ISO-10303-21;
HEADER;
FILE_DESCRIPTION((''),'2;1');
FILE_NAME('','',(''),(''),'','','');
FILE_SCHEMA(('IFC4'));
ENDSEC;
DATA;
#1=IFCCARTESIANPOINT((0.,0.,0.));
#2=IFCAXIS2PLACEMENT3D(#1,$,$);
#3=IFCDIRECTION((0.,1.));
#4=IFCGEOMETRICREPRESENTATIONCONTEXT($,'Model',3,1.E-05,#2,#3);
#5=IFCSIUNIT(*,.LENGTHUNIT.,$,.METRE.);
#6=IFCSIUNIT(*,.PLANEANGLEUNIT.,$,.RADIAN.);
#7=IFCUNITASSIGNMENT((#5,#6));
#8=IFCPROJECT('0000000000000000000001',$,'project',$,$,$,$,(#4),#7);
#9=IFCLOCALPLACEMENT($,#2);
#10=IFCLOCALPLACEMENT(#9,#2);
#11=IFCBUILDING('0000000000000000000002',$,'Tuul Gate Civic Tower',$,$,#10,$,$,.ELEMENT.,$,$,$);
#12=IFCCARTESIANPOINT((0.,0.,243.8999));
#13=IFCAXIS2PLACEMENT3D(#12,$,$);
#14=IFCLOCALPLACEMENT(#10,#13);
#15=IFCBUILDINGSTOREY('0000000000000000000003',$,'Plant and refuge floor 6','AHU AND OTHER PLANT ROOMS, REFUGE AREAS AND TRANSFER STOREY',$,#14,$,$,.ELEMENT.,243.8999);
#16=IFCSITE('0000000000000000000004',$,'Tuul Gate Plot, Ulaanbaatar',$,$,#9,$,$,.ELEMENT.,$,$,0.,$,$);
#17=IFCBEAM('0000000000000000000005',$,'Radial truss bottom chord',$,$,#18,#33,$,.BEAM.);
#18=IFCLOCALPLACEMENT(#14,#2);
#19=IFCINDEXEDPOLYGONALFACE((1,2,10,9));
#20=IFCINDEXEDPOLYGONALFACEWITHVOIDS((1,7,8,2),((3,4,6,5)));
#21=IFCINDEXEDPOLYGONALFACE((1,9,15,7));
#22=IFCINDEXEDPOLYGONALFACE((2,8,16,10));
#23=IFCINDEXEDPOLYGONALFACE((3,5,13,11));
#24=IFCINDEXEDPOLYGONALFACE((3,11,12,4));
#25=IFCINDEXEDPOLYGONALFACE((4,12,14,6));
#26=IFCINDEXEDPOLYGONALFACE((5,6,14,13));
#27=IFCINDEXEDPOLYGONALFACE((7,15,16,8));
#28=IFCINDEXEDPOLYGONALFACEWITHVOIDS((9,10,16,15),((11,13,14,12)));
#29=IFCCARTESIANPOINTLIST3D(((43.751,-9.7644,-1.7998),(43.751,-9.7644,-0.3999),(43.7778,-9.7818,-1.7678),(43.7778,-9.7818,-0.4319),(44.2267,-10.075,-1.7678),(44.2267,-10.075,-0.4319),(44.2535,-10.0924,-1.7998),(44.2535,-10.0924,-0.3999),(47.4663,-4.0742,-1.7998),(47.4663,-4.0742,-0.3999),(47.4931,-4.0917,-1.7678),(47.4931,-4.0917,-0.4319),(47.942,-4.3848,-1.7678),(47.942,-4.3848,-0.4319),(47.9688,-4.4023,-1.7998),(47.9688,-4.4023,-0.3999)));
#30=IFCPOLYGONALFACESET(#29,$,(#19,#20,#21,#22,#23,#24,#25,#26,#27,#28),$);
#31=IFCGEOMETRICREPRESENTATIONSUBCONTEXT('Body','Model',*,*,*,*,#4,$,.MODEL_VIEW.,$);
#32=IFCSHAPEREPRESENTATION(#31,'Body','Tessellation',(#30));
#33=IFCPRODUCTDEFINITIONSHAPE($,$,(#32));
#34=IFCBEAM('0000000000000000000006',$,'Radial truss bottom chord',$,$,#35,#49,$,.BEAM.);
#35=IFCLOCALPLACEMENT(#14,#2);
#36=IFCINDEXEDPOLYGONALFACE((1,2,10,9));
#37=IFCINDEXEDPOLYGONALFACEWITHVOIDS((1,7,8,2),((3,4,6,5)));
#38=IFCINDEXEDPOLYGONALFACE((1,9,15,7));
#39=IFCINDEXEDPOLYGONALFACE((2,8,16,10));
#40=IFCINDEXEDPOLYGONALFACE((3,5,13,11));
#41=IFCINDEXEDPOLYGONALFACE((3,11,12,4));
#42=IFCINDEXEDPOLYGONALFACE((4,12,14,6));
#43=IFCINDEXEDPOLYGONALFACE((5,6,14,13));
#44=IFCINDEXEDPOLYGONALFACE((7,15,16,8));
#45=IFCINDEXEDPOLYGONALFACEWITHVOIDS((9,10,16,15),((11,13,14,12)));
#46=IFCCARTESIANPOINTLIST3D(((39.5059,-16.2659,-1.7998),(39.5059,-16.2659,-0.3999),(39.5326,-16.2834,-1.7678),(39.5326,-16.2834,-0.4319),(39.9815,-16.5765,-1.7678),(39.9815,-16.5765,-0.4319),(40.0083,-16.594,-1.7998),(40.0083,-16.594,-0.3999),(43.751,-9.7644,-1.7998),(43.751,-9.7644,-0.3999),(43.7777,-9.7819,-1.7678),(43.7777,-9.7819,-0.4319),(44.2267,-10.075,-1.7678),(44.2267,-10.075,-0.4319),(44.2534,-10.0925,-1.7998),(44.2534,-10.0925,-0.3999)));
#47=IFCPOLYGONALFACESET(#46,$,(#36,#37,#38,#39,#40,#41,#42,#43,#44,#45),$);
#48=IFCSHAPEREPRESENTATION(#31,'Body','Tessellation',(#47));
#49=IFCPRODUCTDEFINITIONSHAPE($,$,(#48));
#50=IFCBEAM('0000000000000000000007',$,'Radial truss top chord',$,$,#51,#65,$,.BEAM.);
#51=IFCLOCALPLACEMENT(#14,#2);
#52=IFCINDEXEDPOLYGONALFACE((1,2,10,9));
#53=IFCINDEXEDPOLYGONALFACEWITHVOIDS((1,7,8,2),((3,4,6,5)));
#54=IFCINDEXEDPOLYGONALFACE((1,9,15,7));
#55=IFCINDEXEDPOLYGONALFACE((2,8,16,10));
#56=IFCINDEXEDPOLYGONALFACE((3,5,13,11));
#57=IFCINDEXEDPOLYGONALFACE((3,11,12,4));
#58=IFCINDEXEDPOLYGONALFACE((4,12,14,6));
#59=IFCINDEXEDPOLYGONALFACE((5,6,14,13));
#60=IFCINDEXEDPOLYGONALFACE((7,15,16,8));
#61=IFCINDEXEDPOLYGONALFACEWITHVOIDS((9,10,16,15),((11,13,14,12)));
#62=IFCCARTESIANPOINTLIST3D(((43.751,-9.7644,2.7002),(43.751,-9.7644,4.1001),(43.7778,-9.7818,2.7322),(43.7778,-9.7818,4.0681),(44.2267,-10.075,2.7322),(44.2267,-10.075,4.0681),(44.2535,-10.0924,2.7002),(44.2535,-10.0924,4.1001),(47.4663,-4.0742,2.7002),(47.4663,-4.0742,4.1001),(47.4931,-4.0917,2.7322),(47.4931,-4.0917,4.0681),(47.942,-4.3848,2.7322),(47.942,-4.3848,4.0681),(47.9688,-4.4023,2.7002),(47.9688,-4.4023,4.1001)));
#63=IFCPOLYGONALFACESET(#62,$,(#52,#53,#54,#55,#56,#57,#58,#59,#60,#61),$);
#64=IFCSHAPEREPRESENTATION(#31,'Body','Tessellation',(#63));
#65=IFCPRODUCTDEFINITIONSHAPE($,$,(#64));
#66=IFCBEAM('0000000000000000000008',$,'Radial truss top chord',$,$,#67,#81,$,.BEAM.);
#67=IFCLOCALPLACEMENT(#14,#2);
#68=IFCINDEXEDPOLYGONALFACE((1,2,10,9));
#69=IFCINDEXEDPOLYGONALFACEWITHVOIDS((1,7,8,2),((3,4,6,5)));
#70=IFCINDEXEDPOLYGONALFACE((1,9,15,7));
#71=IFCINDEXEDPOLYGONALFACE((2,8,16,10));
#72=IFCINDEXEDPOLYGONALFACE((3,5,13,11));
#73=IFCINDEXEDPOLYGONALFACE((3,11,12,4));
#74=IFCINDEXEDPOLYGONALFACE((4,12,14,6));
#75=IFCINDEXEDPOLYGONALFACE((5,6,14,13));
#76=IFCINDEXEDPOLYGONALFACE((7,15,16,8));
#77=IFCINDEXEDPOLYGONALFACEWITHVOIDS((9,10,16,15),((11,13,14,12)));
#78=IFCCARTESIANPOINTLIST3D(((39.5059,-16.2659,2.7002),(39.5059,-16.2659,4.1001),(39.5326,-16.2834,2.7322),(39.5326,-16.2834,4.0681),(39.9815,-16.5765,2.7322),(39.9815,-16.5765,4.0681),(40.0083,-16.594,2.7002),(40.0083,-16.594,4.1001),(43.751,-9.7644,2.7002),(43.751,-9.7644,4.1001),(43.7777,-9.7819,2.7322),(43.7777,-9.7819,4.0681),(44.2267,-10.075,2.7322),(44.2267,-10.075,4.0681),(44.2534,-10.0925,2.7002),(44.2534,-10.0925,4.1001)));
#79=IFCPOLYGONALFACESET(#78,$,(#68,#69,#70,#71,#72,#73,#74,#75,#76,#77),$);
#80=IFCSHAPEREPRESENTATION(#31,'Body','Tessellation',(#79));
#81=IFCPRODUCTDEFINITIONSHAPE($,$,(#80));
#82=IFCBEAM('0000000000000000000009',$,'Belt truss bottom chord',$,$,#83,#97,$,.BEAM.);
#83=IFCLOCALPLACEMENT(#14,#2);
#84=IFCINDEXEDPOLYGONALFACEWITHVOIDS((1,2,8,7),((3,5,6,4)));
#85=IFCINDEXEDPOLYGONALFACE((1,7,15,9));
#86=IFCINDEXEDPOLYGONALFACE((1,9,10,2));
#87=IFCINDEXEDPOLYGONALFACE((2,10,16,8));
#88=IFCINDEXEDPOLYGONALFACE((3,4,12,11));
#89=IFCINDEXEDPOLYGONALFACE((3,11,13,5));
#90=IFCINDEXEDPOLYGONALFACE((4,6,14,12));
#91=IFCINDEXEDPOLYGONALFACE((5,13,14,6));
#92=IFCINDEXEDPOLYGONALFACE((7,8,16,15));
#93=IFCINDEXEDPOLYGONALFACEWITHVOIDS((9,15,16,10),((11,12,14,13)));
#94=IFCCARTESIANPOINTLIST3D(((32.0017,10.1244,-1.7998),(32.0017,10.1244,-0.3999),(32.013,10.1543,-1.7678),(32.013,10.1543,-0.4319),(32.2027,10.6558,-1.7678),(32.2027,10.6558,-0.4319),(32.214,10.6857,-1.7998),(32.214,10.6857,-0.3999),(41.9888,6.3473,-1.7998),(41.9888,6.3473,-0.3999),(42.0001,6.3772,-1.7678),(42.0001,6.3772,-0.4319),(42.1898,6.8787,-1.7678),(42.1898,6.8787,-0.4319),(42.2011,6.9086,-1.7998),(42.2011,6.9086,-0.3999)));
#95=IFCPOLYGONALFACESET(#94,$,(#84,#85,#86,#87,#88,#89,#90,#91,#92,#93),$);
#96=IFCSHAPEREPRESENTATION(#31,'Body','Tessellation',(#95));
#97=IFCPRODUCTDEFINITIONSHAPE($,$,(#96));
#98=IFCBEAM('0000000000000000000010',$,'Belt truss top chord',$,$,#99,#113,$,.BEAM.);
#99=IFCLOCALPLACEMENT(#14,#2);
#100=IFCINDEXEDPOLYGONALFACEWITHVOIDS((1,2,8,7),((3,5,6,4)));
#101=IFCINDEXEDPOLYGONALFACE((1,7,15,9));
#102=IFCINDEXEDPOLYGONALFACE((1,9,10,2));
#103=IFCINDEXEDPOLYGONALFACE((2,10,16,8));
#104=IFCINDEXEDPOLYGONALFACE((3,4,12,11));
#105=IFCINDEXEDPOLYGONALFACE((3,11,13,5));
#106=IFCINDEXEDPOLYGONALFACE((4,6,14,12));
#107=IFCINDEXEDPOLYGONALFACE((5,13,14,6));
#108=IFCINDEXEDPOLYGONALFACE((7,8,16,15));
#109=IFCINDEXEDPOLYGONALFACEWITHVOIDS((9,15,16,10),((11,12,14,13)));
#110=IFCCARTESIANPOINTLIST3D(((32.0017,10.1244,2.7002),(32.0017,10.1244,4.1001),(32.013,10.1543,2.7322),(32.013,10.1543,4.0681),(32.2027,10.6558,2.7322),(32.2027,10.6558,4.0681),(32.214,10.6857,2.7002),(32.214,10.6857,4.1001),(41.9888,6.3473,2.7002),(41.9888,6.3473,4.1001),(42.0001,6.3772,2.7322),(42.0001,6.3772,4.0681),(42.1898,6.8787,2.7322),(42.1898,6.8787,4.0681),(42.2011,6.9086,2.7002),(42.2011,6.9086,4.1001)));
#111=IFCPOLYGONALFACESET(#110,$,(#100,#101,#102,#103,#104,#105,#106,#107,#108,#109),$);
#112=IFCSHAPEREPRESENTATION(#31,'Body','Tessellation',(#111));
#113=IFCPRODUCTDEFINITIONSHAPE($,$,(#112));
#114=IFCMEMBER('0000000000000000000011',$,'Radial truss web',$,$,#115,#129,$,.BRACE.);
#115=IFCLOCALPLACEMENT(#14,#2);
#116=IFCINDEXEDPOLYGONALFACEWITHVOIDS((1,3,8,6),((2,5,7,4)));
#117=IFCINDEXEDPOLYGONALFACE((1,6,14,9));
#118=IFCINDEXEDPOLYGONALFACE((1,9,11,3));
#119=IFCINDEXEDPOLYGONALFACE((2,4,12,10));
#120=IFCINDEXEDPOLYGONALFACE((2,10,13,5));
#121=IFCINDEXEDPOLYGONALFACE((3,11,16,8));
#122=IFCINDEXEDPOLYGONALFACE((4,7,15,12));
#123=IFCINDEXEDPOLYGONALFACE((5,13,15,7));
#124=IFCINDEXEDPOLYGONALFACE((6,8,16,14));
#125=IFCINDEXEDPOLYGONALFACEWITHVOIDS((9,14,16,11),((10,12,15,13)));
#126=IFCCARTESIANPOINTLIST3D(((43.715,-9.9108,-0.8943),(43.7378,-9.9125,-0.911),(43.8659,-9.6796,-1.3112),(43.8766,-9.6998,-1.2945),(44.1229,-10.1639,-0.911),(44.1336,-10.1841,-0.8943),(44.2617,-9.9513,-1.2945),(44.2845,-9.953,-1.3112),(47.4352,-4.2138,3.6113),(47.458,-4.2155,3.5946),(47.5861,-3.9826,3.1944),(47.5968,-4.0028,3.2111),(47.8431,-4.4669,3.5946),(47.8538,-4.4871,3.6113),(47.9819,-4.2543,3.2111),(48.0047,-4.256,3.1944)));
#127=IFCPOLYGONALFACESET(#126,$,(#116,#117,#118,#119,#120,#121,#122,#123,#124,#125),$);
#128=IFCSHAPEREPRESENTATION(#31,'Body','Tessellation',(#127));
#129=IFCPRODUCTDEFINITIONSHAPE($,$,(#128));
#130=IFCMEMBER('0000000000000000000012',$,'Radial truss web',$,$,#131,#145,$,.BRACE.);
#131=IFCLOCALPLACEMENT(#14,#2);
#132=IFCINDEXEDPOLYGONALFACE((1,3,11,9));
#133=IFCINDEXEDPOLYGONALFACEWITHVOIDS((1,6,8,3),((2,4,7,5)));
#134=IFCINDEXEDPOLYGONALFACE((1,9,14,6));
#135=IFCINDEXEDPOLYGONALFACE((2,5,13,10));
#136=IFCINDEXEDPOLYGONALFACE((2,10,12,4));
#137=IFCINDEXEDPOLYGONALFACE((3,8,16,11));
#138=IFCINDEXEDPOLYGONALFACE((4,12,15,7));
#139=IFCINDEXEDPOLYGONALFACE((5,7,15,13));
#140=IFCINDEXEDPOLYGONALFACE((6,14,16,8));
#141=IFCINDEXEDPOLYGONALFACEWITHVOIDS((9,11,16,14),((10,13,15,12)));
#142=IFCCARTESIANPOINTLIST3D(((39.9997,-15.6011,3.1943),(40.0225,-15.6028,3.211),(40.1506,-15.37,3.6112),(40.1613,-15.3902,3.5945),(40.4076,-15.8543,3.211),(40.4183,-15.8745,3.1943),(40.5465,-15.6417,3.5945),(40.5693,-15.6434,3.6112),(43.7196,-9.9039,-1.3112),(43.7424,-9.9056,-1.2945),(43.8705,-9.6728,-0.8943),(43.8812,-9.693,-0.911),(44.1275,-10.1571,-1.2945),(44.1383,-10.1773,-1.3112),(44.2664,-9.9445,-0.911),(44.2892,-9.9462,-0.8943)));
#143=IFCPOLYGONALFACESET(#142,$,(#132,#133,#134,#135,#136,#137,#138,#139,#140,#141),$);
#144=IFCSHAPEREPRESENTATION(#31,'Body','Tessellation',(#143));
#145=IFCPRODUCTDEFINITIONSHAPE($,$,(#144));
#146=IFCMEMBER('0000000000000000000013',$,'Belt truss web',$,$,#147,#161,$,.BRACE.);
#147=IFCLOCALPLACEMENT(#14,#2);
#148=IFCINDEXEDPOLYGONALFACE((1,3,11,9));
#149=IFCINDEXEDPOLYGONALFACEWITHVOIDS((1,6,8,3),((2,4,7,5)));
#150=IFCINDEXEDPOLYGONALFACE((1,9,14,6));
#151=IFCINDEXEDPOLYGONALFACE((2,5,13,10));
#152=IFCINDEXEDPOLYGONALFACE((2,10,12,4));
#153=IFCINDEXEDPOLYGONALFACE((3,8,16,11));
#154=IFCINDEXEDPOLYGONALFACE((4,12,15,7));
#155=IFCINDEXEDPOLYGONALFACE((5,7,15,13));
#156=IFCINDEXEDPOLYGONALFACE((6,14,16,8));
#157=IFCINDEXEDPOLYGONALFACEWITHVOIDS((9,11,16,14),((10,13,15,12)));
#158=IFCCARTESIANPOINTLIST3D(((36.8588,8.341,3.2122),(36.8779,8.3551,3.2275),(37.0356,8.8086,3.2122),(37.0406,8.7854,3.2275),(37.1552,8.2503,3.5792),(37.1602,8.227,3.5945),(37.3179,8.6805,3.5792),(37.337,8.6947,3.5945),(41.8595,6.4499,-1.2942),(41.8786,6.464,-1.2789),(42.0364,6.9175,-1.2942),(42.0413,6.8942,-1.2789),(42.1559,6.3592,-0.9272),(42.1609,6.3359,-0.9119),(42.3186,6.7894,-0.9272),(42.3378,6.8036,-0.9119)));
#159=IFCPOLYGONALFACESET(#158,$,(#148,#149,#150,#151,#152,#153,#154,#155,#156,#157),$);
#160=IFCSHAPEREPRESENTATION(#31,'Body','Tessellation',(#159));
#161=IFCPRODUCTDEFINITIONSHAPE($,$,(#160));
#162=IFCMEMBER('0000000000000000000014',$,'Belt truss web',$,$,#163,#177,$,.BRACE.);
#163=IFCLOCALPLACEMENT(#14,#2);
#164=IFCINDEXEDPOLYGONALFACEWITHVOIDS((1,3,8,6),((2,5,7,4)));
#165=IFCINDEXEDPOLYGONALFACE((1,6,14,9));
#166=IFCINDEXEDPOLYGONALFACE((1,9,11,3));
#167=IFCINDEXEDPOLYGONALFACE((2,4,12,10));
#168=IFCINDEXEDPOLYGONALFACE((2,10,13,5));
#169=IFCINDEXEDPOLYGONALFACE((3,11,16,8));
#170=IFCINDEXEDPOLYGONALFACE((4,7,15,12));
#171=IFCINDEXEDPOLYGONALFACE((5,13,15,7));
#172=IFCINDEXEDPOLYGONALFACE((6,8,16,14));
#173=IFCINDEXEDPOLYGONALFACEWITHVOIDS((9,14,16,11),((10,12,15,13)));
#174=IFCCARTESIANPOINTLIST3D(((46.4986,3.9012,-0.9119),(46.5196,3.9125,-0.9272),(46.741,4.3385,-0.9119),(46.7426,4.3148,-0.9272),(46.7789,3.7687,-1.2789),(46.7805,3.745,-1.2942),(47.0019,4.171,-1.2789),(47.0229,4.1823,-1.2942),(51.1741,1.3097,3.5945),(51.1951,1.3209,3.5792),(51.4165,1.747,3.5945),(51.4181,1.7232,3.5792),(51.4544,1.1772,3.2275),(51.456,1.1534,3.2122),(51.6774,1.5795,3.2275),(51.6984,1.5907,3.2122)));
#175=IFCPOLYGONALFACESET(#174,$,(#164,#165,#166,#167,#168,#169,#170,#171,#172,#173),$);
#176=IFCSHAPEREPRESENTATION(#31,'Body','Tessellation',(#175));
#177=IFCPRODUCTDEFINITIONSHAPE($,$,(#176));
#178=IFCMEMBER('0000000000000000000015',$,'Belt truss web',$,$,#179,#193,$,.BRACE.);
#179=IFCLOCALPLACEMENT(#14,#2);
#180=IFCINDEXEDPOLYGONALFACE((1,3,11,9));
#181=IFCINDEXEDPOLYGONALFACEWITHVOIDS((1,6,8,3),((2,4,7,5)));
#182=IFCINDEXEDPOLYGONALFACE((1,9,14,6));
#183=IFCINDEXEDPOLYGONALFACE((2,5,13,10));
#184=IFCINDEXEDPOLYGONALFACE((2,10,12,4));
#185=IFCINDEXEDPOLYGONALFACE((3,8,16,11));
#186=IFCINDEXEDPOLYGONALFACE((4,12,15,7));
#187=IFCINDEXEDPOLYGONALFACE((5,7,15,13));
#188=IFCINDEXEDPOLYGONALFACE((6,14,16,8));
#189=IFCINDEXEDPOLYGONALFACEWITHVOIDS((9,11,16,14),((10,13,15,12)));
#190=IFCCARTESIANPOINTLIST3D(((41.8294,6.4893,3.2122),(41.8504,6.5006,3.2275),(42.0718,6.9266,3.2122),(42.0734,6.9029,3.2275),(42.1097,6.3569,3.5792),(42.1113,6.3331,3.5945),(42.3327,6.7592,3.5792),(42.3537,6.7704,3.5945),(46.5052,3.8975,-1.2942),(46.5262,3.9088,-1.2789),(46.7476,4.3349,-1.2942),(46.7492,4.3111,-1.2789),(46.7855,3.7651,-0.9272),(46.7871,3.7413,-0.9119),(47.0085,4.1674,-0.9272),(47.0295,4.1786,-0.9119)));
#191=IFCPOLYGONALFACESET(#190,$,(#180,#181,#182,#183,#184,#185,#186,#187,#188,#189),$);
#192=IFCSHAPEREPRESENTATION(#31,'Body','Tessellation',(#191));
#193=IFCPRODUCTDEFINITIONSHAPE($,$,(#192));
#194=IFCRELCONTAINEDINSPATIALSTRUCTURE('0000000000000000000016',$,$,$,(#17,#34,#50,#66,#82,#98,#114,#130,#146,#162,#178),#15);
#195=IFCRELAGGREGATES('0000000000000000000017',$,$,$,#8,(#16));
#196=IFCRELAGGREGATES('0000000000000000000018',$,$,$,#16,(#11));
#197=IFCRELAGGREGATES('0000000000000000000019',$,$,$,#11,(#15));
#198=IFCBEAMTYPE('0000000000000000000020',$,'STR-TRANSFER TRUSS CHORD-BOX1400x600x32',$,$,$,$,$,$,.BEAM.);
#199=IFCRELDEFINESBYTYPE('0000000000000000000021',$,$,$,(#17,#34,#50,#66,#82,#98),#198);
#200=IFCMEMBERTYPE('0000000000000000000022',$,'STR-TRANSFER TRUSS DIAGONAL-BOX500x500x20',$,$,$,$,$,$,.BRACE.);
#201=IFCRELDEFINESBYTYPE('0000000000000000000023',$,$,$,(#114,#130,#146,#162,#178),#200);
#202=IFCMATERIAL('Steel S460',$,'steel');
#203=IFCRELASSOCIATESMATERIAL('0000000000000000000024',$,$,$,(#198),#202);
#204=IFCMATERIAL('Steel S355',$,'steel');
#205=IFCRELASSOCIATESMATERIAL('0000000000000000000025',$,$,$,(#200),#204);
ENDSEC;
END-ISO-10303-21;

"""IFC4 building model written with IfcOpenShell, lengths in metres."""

from ifc_helpers import new_model, si_unit, direction, frame, origin, origin_2d, place, context, subcontext, project, spatial, hollow_rectangle, extrude, material, material_profile, profile_set, type_object, element, save


model = new_model("IFC4")

# Units and contexts
model_context = context("Model", 3, precision=1e-05, world=origin(), true_north=direction((0.0, 1.0)))
body_context = subcontext(model_context, "Body", "Model", "MODEL_VIEW")
ifc_project = project(units=[si_unit("LENGTHUNIT", "METRE"), si_unit("PLANEANGLEUNIT", "RADIAN")], contexts=[model_context])

# Site, building, storey
site_placement = place(None, origin())
site = spatial("IfcSite", under=ifc_project, at=site_placement, Name="Tuul Gate Plot, Ulaanbaatar", CompositionType="ELEMENT", RefElevation=0.0)
building_placement = place(site_placement, origin())
building = spatial("IfcBuilding", under=site, at=building_placement, Name="Tuul Gate Civic Tower", CompositionType="ELEMENT")
storey_placement = place(building_placement, frame((0.0, 0.0, 243.8999)))
storey = spatial("IfcBuildingStorey", under=building, at=storey_placement, Name="Plant and refuge floor 6", Description="AHU AND OTHER PLANT ROOMS, REFUGE AREAS AND TRANSFER STOREY", CompositionType="ELEMENT", Elevation=243.8999)

# Beams
ifc_material_1 = material(Name="Steel S460", Category="steel")
ifc_material_profile_1 = material_profile(ifc_material_1, hollow_rectangle(XDim=0.6001, YDim=1.3999, WallThickness=0.032, at=origin_2d()), Name="BOX1400x600x32")
ifc_profile_set_1 = profile_set([ifc_material_profile_1], Name="Steel S460")
beam_type = type_object("IfcBeamType", Name="STR-TRANSFER TRUSS CHORD-BOX1400x600x32", PredefinedType="BEAM", material=ifc_profile_set_1)
beam_1_placement = place(storey_placement, frame((47.7175, -4.2383, -1.0999), z_axis=(-0.546716, -0.837318, 0.0), x_axis=(0.837318, -0.546716, 0.0)))
element("IfcBeam", 1, at=beam_1_placement, inside=storey, type_object=beam_type, Name="Radial truss bottom chord", PredefinedType="BEAM", context=body_context, shape_type="SweptSolid", body=[
    extrude(hollow_rectangle(XDim=0.6001, YDim=1.3999, WallThickness=0.032, at=origin_2d()), origin(), (0.0, 0.0, 1.0), 6.7957),
])
beam_2_placement = place(storey_placement, frame((44.0022, -9.9285, -1.0999), z_axis=(-0.546722, -0.837314, 0.0), x_axis=(0.837314, -0.546722, 0.0)))
element("IfcBeam", 2, at=beam_2_placement, inside=storey, type_object=beam_type, Name="Radial truss bottom chord", PredefinedType="BEAM", context=body_context, shape_type="SweptSolid", body=[
    extrude(hollow_rectangle(XDim=0.6001, YDim=1.3999, WallThickness=0.032, at=origin_2d()), origin(), (0.0, 0.0, 1.0), 7.7646),
])
beam_3_placement = place(storey_placement, frame((47.7175, -4.2383, 3.4001), z_axis=(-0.546716, -0.837318, 0.0), x_axis=(0.837318, -0.546716, 0.0)))
element("IfcBeam", 3, at=beam_3_placement, inside=storey, type_object=beam_type, Name="Radial truss top chord", PredefinedType="BEAM", context=body_context, shape_type="SweptSolid", body=[
    extrude(hollow_rectangle(XDim=0.6001, YDim=1.3999, WallThickness=0.032, at=origin_2d()), origin(), (0.0, 0.0, 1.0), 6.7957),
])
beam_4_placement = place(storey_placement, frame((44.0022, -9.9285, 3.4001), z_axis=(-0.546722, -0.837314, 0.0), x_axis=(0.837314, -0.546722, 0.0)))
element("IfcBeam", 4, at=beam_4_placement, inside=storey, type_object=beam_type, Name="Radial truss top chord", PredefinedType="BEAM", context=body_context, shape_type="SweptSolid", body=[
    extrude(hollow_rectangle(XDim=0.6001, YDim=1.3999, WallThickness=0.032, at=origin_2d()), origin(), (0.0, 0.0, 1.0), 7.7646),
])
for number, where, z_axis, x_axis, name in (
    (5, (42.095, 6.6279, -1.0999), (-0.935342, 0.353746, 0.0), (-0.353746, -0.935342, 0.0), "Belt truss bottom chord"),
    (6, (42.095, 6.6279, 3.4001), (-0.935342, 0.353746, 0.0), (-0.353746, -0.935342, 0.0), "Belt truss top chord"),
):
    element("IfcBeam", number, at=place(storey_placement, frame(where, z_axis=z_axis, x_axis=x_axis)), inside=storey, type_object=beam_type, Name=name, PredefinedType="BEAM", context=body_context, shape_type="SweptSolid", body=[
        extrude(hollow_rectangle(XDim=0.6001, YDim=1.3999, WallThickness=0.032, at=origin_2d()), origin(), (0.0, 0.0, 1.0), 10.6775),
    ])

# Members
ifc_material_2 = material(Name="Steel S355", Category="steel")
ifc_material_profile_2 = material_profile(ifc_material_2, hollow_rectangle(XDim=0.5, YDim=0.5, WallThickness=0.02, at=origin_2d()), Name="BOX500x500x20")
ifc_profile_set_2 = profile_set([ifc_material_profile_2], Name="Steel S355")
member_type_1 = type_object("IfcMemberType", Name="STR-TRANSFER TRUSS DIAGONAL-BOX500x500x20", PredefinedType="BRACE", material=ifc_profile_set_2)
for number, where, z_axis, x_axis, name in (
    (7, (43.9998, -9.9319, -1.1028), (0.455871, 0.698107, 0.552113), (-0.83729, 0.546759, 0.0), "Radial truss web"),
    (8, (44.0044, -9.925, -1.1028), (-0.455838, -0.698131, 0.552109), (0.837317, -0.546718, 0.0), "Radial truss web"),
):
    element("IfcMember", number, at=place(storey_placement, frame(where, z_axis=z_axis, x_axis=x_axis)), inside=storey, type_object=member_type_1, Name=name, PredefinedType="BRACE", context=body_context, shape_type="SweptSolid", body=[
        extrude(hollow_rectangle(XDim=0.5, YDim=0.5, WallThickness=0.02, at=origin_2d()), origin(), (0.0, 0.0, 1.0), 8.1606),
    ])
member_1_placement = place(storey_placement, frame((42.0986, 6.6267, -1.103), z_axis=(-0.715188, 0.270461, 0.644482), x_axis=(-0.353719, -0.935352, 0.0)))
element("IfcMember", 9, at=member_1_placement, inside=storey, type_object=member_type_1, Name="Belt truss web", PredefinedType="BRACE", context=body_context, shape_type="SweptSolid", body=[
    extrude(hollow_rectangle(XDim=0.5, YDim=0.5, WallThickness=0.02, at=origin_2d()), origin(), (0.0, 0.0, 1.0), 6.9922),
])
member_2_placement = place(storey_placement, frame((46.7607, 4.0417, -1.103), z_axis=(0.668726, -0.370661, 0.644528), x_axis=(0.48479, 0.874631, 0.0)))
element("IfcMember", 10, at=member_2_placement, inside=storey, type_object=member_type_1, Name="Belt truss web", PredefinedType="BRACE", context=body_context, shape_type="SweptSolid", body=[
    extrude(hollow_rectangle(XDim=0.5, YDim=0.5, WallThickness=0.02, at=origin_2d()), origin(), (0.0, 0.0, 1.0), 6.9917),
])
member_3_placement = place(storey_placement, frame((46.7673, 4.0381, -1.103), z_axis=(-0.668737, 0.370682, 0.644504), x_axis=(-0.484805, -0.874622, 0.0)))
element("IfcMember", 11, at=member_3_placement, inside=storey, type_object=member_type_1, Name="Belt truss web", PredefinedType="BRACE", context=body_context, shape_type="SweptSolid", body=[
    extrude(hollow_rectangle(XDim=0.5, YDim=0.5, WallThickness=0.02, at=origin_2d()), origin(), (0.0, 0.0, 1.0), 6.9919),
])

save(model, "model.ifc")
